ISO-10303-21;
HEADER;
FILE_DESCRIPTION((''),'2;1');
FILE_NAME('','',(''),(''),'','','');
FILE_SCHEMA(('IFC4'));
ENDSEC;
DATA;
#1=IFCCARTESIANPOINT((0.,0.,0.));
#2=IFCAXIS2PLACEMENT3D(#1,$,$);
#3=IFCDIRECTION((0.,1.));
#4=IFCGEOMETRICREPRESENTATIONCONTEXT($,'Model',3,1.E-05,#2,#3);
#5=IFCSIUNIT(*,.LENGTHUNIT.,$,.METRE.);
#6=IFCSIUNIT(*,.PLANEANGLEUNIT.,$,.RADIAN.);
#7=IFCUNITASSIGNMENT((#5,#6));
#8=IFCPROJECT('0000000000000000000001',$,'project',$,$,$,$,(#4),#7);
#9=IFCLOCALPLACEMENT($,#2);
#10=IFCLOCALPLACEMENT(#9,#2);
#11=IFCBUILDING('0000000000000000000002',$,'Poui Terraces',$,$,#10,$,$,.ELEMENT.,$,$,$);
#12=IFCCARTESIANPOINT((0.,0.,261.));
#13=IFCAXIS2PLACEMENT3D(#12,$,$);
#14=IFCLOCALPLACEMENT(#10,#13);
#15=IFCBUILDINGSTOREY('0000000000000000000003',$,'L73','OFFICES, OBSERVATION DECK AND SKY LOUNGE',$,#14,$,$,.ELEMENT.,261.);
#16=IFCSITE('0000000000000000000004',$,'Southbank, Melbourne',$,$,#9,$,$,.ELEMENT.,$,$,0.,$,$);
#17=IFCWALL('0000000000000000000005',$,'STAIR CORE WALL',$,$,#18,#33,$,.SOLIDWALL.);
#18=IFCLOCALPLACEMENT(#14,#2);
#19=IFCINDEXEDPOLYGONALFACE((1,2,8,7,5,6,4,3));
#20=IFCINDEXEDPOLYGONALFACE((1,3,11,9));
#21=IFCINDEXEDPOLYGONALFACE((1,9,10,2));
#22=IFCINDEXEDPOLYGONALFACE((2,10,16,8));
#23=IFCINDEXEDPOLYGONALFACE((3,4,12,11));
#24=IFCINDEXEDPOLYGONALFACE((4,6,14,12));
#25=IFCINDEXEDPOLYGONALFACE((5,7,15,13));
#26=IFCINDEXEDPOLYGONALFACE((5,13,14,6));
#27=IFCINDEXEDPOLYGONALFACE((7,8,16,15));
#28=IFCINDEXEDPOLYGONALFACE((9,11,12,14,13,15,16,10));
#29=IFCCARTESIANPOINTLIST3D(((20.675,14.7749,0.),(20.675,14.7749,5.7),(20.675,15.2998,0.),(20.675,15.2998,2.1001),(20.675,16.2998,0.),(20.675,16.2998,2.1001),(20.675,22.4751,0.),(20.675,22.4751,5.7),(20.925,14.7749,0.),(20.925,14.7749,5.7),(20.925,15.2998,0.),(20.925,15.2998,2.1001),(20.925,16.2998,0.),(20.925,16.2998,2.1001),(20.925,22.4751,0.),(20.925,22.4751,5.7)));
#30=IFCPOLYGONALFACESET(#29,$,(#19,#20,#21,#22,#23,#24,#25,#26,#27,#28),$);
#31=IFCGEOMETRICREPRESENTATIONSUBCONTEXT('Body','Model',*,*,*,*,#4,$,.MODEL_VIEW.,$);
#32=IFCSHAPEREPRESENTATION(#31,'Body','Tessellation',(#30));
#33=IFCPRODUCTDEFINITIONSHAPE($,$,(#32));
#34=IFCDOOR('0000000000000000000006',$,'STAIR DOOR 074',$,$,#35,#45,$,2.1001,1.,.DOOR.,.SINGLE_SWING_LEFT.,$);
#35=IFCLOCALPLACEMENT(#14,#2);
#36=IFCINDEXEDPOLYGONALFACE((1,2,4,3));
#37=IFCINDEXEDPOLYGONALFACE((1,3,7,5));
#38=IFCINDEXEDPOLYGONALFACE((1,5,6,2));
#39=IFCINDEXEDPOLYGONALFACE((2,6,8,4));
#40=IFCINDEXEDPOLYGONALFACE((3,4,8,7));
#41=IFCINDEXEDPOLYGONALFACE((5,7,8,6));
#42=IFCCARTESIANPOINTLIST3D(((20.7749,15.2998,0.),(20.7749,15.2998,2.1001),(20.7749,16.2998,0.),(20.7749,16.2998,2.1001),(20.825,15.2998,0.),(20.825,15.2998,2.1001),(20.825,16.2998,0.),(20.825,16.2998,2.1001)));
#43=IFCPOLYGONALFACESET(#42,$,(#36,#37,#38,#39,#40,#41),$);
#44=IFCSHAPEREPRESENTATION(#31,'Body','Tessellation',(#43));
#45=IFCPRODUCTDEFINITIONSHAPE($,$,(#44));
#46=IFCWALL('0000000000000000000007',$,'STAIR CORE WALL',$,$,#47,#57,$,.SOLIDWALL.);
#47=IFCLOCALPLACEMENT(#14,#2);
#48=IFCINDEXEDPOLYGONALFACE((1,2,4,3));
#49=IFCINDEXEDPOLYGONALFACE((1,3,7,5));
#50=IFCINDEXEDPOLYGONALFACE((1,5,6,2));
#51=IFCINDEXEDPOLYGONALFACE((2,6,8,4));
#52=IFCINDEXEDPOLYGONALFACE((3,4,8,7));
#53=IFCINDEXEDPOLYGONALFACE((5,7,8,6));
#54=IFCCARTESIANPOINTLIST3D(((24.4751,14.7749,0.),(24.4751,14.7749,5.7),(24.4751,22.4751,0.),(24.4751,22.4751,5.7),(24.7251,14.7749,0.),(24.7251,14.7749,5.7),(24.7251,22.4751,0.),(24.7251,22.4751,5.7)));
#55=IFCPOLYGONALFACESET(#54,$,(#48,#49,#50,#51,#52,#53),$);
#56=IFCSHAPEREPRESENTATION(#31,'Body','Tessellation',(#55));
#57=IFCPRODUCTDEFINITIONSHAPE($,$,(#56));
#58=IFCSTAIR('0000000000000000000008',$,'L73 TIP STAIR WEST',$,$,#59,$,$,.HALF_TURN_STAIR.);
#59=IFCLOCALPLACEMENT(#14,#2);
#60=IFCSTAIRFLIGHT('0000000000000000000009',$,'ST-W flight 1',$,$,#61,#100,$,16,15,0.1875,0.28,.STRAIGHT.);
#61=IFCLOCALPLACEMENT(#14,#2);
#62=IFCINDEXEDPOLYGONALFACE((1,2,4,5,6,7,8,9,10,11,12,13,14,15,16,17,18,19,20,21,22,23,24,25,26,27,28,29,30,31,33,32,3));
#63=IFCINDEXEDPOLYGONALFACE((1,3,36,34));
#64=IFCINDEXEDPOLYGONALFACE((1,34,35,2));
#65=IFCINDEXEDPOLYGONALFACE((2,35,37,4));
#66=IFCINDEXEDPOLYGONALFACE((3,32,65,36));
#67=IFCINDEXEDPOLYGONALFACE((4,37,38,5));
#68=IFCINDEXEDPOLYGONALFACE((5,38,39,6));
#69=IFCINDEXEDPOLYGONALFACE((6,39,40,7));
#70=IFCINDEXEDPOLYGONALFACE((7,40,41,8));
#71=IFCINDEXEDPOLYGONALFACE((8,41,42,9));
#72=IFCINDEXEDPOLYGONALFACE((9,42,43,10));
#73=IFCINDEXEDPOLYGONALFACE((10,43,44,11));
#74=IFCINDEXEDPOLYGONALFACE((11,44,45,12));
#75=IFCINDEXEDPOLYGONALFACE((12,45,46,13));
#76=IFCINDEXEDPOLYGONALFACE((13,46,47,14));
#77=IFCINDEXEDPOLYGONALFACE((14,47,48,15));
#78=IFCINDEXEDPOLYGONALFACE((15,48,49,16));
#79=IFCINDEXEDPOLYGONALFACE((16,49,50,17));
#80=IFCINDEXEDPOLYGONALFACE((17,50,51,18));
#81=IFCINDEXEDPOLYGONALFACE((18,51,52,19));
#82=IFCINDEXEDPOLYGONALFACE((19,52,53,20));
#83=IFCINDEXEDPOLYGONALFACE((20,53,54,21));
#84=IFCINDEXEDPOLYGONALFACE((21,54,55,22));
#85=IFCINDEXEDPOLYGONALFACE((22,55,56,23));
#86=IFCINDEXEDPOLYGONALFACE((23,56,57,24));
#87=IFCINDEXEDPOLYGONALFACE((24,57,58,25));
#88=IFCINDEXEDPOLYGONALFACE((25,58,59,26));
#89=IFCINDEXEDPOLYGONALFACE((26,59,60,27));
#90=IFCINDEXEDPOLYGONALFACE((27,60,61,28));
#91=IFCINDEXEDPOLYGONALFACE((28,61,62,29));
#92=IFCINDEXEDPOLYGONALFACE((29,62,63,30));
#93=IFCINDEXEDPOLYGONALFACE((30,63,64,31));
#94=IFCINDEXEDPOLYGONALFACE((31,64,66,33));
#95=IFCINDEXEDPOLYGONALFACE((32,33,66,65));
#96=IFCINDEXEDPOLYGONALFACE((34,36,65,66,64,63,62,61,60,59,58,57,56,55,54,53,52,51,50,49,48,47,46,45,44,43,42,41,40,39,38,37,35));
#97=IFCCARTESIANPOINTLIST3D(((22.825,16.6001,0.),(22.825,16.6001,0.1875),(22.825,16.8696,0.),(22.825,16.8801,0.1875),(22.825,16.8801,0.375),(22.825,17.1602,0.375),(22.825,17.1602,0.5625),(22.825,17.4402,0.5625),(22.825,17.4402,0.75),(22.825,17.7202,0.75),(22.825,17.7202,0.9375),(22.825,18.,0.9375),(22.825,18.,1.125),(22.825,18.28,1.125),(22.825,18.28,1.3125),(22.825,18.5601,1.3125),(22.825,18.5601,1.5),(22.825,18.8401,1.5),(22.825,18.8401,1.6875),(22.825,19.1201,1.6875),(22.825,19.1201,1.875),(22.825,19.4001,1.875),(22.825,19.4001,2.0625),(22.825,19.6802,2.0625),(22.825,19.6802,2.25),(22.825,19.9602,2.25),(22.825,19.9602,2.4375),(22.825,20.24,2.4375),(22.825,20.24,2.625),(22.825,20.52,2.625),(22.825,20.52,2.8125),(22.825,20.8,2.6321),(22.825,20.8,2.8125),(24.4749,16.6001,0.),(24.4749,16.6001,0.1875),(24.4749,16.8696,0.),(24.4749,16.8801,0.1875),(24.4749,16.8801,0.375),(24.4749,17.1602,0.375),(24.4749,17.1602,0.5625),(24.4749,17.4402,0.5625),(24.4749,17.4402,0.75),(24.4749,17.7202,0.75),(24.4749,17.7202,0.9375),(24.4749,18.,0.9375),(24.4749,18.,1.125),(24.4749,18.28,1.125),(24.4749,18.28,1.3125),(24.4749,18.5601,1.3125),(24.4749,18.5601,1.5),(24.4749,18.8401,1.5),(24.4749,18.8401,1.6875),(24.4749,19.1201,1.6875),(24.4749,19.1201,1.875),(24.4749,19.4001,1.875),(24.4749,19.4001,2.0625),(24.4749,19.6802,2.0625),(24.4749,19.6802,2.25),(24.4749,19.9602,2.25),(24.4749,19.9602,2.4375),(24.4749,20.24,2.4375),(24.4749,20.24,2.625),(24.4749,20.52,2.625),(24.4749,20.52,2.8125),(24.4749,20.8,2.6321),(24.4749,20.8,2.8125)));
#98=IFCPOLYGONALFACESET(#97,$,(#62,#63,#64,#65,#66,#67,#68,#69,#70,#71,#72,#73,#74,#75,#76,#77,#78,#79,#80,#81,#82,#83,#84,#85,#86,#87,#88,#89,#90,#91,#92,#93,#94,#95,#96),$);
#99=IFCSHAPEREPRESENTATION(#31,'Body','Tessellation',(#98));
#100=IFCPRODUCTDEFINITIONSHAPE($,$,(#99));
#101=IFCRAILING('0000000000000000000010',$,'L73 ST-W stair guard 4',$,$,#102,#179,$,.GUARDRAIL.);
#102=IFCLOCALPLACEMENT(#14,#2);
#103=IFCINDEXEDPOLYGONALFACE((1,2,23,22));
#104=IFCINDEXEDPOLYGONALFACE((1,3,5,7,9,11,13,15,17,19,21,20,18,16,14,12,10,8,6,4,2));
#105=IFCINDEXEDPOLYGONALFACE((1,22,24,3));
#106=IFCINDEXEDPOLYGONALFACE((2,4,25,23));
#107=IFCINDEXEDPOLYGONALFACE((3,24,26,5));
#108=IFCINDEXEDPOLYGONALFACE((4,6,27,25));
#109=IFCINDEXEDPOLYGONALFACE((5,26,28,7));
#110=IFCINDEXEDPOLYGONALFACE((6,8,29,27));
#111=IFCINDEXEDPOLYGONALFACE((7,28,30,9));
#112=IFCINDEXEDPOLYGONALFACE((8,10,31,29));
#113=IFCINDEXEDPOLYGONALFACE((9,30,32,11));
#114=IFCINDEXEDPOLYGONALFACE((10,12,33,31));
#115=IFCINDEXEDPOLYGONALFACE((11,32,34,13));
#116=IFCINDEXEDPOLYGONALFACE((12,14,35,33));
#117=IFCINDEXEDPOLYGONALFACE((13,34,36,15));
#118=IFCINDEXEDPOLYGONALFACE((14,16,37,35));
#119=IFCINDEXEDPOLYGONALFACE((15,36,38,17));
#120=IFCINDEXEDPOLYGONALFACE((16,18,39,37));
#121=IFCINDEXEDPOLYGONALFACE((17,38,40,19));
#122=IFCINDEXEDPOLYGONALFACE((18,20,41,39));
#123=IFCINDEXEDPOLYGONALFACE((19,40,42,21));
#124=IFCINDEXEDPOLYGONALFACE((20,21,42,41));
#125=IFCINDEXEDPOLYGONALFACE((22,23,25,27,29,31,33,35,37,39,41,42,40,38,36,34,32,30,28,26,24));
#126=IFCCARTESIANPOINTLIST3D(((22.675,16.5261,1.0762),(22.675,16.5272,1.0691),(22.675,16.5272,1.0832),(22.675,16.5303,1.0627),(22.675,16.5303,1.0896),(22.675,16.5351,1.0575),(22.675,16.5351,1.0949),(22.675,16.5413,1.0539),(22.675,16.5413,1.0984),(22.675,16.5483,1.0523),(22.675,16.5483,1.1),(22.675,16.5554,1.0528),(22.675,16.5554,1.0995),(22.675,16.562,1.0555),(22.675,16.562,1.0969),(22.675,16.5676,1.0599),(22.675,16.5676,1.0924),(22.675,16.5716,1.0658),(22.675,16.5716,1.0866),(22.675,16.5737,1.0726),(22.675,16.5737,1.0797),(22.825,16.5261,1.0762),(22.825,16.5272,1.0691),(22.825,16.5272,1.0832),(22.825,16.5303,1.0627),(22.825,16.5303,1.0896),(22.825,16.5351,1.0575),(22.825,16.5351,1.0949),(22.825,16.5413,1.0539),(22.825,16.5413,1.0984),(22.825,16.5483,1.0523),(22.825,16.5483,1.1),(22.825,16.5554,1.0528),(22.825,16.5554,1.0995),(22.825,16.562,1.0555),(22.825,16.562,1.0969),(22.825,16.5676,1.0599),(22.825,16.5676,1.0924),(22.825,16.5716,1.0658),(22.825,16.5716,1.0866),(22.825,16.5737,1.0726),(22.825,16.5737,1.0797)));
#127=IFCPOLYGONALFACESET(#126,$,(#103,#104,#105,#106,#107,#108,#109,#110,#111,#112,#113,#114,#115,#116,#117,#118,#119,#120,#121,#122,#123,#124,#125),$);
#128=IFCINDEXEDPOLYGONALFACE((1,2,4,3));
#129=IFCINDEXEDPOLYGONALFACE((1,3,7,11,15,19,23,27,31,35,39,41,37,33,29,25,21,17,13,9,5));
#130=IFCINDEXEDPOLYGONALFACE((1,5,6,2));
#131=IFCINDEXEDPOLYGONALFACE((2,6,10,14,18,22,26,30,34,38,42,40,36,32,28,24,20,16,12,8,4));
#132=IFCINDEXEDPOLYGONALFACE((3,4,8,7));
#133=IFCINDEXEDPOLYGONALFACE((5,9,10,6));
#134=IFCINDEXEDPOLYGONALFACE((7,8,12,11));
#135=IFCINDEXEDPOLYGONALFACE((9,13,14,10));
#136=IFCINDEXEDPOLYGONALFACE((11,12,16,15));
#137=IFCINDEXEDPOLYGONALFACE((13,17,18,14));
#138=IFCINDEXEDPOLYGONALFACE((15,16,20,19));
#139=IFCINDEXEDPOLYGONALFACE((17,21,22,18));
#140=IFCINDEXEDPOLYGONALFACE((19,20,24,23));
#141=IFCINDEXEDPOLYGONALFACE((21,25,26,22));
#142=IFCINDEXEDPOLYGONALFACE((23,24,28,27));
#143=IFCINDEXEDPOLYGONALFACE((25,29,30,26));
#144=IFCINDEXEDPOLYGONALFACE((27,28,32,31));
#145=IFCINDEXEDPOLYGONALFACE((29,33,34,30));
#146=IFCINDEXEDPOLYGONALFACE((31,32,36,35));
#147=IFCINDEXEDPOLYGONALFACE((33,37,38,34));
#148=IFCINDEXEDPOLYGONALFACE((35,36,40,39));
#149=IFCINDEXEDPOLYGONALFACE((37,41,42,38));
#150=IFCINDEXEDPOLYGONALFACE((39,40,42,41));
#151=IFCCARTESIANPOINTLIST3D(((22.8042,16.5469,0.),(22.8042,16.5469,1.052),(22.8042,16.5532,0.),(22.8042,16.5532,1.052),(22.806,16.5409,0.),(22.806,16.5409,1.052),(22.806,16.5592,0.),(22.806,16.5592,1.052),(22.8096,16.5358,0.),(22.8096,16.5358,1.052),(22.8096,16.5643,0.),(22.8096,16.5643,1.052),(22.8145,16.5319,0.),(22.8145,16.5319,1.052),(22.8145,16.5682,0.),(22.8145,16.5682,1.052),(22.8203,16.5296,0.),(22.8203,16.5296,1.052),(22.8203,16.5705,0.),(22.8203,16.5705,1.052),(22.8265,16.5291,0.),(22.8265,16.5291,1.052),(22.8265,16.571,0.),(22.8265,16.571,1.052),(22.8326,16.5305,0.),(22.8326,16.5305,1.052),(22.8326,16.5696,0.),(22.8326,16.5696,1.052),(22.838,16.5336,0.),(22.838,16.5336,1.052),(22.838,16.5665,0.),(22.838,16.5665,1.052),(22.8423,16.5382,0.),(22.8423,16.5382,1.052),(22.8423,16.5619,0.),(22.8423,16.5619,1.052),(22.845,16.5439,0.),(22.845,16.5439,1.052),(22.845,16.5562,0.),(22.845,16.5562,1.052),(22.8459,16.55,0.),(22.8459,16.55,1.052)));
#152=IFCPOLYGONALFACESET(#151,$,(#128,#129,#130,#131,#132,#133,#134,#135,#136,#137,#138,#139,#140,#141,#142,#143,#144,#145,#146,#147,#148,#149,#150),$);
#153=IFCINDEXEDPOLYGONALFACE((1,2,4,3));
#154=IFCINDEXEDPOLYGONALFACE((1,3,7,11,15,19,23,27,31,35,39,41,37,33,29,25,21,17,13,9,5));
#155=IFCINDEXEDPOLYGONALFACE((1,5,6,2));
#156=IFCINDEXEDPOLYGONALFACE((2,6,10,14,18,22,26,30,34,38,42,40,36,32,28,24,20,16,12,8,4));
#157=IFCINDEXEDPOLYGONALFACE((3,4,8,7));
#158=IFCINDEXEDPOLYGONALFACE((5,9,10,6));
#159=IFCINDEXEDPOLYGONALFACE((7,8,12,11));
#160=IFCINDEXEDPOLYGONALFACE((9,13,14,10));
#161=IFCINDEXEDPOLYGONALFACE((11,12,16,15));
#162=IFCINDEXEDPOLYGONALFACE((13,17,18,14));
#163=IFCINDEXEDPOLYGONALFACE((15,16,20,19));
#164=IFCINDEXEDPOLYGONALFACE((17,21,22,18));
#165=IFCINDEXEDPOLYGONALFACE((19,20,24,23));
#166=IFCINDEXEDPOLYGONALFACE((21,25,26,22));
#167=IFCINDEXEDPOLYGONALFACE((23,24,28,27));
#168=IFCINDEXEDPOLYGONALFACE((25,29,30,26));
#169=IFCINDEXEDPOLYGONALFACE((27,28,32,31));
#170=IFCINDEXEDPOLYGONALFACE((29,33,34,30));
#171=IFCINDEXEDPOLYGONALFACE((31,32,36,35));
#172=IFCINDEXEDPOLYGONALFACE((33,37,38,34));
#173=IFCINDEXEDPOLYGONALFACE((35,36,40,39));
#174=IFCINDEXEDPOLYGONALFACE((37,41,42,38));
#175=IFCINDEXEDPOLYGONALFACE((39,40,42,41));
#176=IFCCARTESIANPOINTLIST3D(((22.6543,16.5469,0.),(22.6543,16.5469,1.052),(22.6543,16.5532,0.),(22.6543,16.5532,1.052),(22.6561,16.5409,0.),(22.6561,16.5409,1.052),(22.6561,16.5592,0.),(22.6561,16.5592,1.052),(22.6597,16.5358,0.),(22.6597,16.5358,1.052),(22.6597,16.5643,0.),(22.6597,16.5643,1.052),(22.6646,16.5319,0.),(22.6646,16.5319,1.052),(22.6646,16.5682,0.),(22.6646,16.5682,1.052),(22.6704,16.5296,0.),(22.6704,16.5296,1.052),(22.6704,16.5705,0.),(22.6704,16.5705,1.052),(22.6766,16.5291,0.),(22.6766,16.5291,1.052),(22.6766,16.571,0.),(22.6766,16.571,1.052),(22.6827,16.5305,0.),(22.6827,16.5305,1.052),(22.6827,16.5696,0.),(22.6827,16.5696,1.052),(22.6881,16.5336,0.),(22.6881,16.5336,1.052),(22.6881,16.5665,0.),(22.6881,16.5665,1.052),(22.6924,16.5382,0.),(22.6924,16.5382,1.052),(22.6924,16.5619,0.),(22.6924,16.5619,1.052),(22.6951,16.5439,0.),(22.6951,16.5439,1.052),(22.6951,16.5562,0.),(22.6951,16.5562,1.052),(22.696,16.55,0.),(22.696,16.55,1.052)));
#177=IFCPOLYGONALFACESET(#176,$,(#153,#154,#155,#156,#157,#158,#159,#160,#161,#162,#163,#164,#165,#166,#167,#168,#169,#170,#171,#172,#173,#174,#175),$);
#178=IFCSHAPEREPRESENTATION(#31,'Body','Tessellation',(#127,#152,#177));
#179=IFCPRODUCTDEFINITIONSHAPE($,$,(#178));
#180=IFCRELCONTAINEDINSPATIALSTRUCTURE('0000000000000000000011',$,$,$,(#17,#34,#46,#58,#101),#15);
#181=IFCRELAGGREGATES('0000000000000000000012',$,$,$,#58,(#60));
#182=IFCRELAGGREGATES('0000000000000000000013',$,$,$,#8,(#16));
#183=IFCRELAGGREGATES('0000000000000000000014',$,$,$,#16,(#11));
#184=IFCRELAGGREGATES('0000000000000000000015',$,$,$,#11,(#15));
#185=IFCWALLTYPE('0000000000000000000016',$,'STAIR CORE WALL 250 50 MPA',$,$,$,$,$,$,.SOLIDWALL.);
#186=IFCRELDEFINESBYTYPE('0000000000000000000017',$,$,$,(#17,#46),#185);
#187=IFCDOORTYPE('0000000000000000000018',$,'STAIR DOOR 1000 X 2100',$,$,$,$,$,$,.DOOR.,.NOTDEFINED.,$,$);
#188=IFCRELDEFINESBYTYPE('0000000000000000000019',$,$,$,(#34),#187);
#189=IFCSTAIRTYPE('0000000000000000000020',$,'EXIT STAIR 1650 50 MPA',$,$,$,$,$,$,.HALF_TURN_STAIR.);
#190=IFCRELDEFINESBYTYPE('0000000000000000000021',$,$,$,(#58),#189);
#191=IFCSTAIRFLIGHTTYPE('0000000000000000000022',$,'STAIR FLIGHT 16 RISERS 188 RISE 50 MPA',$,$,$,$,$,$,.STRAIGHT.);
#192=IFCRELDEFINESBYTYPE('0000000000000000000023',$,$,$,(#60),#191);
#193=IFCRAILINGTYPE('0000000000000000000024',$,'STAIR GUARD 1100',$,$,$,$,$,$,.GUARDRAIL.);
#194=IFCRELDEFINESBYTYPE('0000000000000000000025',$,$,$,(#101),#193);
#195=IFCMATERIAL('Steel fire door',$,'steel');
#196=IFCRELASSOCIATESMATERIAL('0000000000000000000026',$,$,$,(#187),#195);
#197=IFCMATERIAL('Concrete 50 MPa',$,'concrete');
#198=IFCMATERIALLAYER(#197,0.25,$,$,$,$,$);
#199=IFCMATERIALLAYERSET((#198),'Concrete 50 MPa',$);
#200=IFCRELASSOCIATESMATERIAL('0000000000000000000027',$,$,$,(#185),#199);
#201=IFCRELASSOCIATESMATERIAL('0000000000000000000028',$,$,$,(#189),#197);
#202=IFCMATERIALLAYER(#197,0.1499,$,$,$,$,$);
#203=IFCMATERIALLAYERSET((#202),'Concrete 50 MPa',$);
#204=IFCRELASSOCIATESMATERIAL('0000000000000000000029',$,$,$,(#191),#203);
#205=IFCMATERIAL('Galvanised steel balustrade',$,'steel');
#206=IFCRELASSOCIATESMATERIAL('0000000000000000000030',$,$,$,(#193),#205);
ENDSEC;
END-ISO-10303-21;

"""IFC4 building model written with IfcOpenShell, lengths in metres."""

from ifc_helpers import new_model, si_unit, direction, frame, frame_2d, origin, origin_2d, place, context, subcontext, project, spatial, polyline, rectangle, circle, outline, extrude, material, layer, layer_set, type_object, element, fill, aggregate, save


model = new_model("IFC4")

# Units and contexts
model_context = context("Model", 3, precision=1e-05, world=origin(), true_north=direction((0.0, 1.0)))
body_context = subcontext(model_context, "Body", "Model", "MODEL_VIEW")
ifc_project = project(units=[si_unit("LENGTHUNIT", "METRE"), si_unit("PLANEANGLEUNIT", "RADIAN")], contexts=[model_context])

# Site, building, storey
site_placement = place(None, origin())
site = spatial("IfcSite", under=ifc_project, at=site_placement, Name="Southbank, Melbourne", CompositionType="ELEMENT", RefElevation=0.0)
building_placement = place(site_placement, origin())
building = spatial("IfcBuilding", under=site, at=building_placement, Name="Poui Terraces", CompositionType="ELEMENT")
storey_placement = place(building_placement, frame((0.0, 0.0, 261.0)))
storey = spatial("IfcBuildingStorey", under=building, at=storey_placement, Name="L73", Description="OFFICES, OBSERVATION DECK AND SKY LOUNGE", CompositionType="ELEMENT", Elevation=261.0)

# Shared definitions
ifc_material_1 = material(Name="Concrete 50 MPa", Category="concrete")
ifc_material_2 = material(Name="Steel fire door", Category="steel")
door_type_1 = type_object("IfcDoorType", Name="STAIR DOOR 1000 X 2100", OperationType="NOTDEFINED", PredefinedType="DOOR", material=ifc_material_2)

# Wall, opening, door
ifc_layer_1 = layer(ifc_material_1, 0.25)
ifc_layer_set_1 = layer_set([ifc_layer_1], Name="Concrete 50 MPa")
wall_type_1 = type_object("IfcWallType", Name="STAIR CORE WALL 250 50 MPA", PredefinedType="SOLIDWALL", material=ifc_layer_set_1)
wall_1_placement = place(storey_placement, frame((20.8, 14.7749, 0.0), z_axis=(0.0, 0.0, 1.0), x_axis=(0.0, 1.0, 0.0)))
wall_1 = element("IfcWall", 1, at=wall_1_placement, inside=storey, type_object=wall_type_1, Name="STAIR CORE WALL", PredefinedType="SOLIDWALL", context=body_context, shape_type="SweptSolid", body=[
    extrude(rectangle(XDim=7.7002, YDim=0.25, at=frame_2d((3.8501, 0.0))), origin(), (0.0, 0.0, 1.0), 5.7),
])
opening_1_placement = place(wall_1_placement, frame((0.5249, 0.0, 0.0)))
opening_1 = element("IfcOpeningElement", 2, at=opening_1_placement, cuts=wall_1, PredefinedType="OPENING", context=body_context, shape_type="SweptSolid", body=[
    extrude(rectangle(XDim=1.0, YDim=2.1001, at=frame_2d((0.5, 1.05))), frame((0.0, 0.135, 0.0), z_axis=(0.0, -1.0, 0.0), x_axis=(1.0, 0.0, 0.0)), (0.0, 0.0, 1.0), 0.27),
])
door_1_placement = place(opening_1_placement, frame((1.0, 0.0, 0.0), z_axis=(0.0, 0.0, 1.0), x_axis=(-1.0, 0.0, 0.0)))
door_1 = element("IfcDoor", 3, at=door_1_placement, inside=storey, type_object=door_type_1, Name="STAIR DOOR 074", OperationType="SINGLE_SWING_LEFT", OverallHeight=2.1001, OverallWidth=1.0, PredefinedType="DOOR", context=body_context, shape_type="SweptSolid", body=[
    extrude(rectangle(XDim=1.0, YDim=2.1001, at=frame_2d((0.5, 1.05))), frame((0.0, 0.0249, 0.0), z_axis=(0.0, -1.0, 0.0), x_axis=(1.0, 0.0, 0.0)), (0.0, 0.0, 1.0), 0.05),
])
fill(opening_1, door_1)

# Wall
wall_2_placement = place(storey_placement, frame((24.6001, 14.7749, 0.0), z_axis=(0.0, 0.0, 1.0), x_axis=(0.0, 1.0, 0.0)))
element("IfcWall", 4, at=wall_2_placement, inside=storey, type_object=wall_type_1, Name="STAIR CORE WALL", PredefinedType="SOLIDWALL", context=body_context, shape_type="SweptSolid", body=[
    extrude(rectangle(XDim=7.7002, YDim=0.25, at=frame_2d((3.8501, 0.0))), origin(), (0.0, 0.0, 1.0), 5.7),
])

# Stair, stair flight
stair_type = type_object("IfcStairType", Name="EXIT STAIR 1650 50 MPA", PredefinedType="HALF_TURN_STAIR", material=ifc_material_1)
stair_placement = place(storey_placement, origin())
stair = element("IfcStair", 5, at=stair_placement, inside=storey, type_object=stair_type, Name="L73 TIP STAIR WEST", PredefinedType="HALF_TURN_STAIR")
ifc_layer_2 = layer(ifc_material_1, 0.1499)
ifc_layer_set_2 = layer_set([ifc_layer_2], Name="Concrete 50 MPa")
stair_flight_type = type_object("IfcStairFlightType", Name="STAIR FLIGHT 16 RISERS 188 RISE 50 MPA", PredefinedType="STRAIGHT", material=ifc_layer_set_2)
stair_flight_placement = place(storey_placement, frame((23.6499, 16.6001, 0.0), z_axis=(0.0, 0.0, 1.0), x_axis=(0.0, 1.0, 0.0)))
stair_flight = element("IfcStairFlight", 6, at=stair_flight_placement, type_object=stair_flight_type, Name="ST-W flight 1", NumberOfRisers=16, NumberOfTreads=15, PredefinedType="STRAIGHT", RiserHeight=0.1875, TreadLength=0.28, context=body_context, shape_type="SweptSolid", body=[
    extrude(outline(polyline([(0.0, 0.0), (0.0, 0.1875), (0.28, 0.1875), (0.28, 0.375), (0.5601, 0.375), (0.5601, 0.5625), (0.8401, 0.5625), (0.8401, 0.75), (1.1201, 0.75), (1.1201, 0.9375), (1.3999, 0.9375), (1.3999, 1.125), (1.6799, 1.125), (1.6799, 1.3125), (1.96, 1.3125), (1.96, 1.5), (2.24, 1.5), (2.24, 1.6875), (2.52, 1.6875), (2.52, 1.875), (2.8, 1.875), (2.8, 2.0625), (3.0801, 2.0625), (3.0801, 2.25), (3.3601, 2.25), (3.3601, 2.4375), (3.6399, 2.4375), (3.6399, 2.625), (3.9199, 2.625), (3.9199, 2.8125), (4.2, 2.8125), (4.2, 3.0), (4.2, 2.6321), (0.2695, 0.0), (0.0, 0.0)])), frame((0.0, 0.825, 0.0), z_axis=(0.0, -1.0, 0.0), x_axis=(1.0, 0.0, 0.0)), (0.0, 0.0, 1.0), 1.6499),
])
aggregate(stair, [stair_flight])

# Railing
ifc_material_3 = material(Name="Galvanised steel balustrade", Category="steel")
railing_type_1 = type_object("IfcRailingType", Name="STAIR GUARD 1100", PredefinedType="GUARDRAIL", material=ifc_material_3)
railing_1_placement = place(storey_placement, frame((22.825, 16.55, 0.0)))
element("IfcRailing", 7, at=railing_1_placement, inside=storey, type_object=railing_type_1, Name="L73 ST-W stair guard 4", PredefinedType="GUARDRAIL", context=body_context, shape_type="SweptSolid", body=[
    extrude(circle(Radius=0.0239, at=origin_2d()), frame((0.0, 0.0, 1.0762), z_axis=(-1.0, 0.0, 0.0), x_axis=(0.0, -1.0, 0.0)), (0.0, 0.0, 1.0), 0.1499),
    extrude(circle(Radius=0.021, at=origin_2d()), origin(), (0.0, 0.0, 1.0), 1.052),
    extrude(circle(Radius=0.021, at=origin_2d()), frame((-0.1499, 0.0, 0.0)), (0.0, 0.0, 1.0), 1.052),
])

save(model, "model.ifc")
